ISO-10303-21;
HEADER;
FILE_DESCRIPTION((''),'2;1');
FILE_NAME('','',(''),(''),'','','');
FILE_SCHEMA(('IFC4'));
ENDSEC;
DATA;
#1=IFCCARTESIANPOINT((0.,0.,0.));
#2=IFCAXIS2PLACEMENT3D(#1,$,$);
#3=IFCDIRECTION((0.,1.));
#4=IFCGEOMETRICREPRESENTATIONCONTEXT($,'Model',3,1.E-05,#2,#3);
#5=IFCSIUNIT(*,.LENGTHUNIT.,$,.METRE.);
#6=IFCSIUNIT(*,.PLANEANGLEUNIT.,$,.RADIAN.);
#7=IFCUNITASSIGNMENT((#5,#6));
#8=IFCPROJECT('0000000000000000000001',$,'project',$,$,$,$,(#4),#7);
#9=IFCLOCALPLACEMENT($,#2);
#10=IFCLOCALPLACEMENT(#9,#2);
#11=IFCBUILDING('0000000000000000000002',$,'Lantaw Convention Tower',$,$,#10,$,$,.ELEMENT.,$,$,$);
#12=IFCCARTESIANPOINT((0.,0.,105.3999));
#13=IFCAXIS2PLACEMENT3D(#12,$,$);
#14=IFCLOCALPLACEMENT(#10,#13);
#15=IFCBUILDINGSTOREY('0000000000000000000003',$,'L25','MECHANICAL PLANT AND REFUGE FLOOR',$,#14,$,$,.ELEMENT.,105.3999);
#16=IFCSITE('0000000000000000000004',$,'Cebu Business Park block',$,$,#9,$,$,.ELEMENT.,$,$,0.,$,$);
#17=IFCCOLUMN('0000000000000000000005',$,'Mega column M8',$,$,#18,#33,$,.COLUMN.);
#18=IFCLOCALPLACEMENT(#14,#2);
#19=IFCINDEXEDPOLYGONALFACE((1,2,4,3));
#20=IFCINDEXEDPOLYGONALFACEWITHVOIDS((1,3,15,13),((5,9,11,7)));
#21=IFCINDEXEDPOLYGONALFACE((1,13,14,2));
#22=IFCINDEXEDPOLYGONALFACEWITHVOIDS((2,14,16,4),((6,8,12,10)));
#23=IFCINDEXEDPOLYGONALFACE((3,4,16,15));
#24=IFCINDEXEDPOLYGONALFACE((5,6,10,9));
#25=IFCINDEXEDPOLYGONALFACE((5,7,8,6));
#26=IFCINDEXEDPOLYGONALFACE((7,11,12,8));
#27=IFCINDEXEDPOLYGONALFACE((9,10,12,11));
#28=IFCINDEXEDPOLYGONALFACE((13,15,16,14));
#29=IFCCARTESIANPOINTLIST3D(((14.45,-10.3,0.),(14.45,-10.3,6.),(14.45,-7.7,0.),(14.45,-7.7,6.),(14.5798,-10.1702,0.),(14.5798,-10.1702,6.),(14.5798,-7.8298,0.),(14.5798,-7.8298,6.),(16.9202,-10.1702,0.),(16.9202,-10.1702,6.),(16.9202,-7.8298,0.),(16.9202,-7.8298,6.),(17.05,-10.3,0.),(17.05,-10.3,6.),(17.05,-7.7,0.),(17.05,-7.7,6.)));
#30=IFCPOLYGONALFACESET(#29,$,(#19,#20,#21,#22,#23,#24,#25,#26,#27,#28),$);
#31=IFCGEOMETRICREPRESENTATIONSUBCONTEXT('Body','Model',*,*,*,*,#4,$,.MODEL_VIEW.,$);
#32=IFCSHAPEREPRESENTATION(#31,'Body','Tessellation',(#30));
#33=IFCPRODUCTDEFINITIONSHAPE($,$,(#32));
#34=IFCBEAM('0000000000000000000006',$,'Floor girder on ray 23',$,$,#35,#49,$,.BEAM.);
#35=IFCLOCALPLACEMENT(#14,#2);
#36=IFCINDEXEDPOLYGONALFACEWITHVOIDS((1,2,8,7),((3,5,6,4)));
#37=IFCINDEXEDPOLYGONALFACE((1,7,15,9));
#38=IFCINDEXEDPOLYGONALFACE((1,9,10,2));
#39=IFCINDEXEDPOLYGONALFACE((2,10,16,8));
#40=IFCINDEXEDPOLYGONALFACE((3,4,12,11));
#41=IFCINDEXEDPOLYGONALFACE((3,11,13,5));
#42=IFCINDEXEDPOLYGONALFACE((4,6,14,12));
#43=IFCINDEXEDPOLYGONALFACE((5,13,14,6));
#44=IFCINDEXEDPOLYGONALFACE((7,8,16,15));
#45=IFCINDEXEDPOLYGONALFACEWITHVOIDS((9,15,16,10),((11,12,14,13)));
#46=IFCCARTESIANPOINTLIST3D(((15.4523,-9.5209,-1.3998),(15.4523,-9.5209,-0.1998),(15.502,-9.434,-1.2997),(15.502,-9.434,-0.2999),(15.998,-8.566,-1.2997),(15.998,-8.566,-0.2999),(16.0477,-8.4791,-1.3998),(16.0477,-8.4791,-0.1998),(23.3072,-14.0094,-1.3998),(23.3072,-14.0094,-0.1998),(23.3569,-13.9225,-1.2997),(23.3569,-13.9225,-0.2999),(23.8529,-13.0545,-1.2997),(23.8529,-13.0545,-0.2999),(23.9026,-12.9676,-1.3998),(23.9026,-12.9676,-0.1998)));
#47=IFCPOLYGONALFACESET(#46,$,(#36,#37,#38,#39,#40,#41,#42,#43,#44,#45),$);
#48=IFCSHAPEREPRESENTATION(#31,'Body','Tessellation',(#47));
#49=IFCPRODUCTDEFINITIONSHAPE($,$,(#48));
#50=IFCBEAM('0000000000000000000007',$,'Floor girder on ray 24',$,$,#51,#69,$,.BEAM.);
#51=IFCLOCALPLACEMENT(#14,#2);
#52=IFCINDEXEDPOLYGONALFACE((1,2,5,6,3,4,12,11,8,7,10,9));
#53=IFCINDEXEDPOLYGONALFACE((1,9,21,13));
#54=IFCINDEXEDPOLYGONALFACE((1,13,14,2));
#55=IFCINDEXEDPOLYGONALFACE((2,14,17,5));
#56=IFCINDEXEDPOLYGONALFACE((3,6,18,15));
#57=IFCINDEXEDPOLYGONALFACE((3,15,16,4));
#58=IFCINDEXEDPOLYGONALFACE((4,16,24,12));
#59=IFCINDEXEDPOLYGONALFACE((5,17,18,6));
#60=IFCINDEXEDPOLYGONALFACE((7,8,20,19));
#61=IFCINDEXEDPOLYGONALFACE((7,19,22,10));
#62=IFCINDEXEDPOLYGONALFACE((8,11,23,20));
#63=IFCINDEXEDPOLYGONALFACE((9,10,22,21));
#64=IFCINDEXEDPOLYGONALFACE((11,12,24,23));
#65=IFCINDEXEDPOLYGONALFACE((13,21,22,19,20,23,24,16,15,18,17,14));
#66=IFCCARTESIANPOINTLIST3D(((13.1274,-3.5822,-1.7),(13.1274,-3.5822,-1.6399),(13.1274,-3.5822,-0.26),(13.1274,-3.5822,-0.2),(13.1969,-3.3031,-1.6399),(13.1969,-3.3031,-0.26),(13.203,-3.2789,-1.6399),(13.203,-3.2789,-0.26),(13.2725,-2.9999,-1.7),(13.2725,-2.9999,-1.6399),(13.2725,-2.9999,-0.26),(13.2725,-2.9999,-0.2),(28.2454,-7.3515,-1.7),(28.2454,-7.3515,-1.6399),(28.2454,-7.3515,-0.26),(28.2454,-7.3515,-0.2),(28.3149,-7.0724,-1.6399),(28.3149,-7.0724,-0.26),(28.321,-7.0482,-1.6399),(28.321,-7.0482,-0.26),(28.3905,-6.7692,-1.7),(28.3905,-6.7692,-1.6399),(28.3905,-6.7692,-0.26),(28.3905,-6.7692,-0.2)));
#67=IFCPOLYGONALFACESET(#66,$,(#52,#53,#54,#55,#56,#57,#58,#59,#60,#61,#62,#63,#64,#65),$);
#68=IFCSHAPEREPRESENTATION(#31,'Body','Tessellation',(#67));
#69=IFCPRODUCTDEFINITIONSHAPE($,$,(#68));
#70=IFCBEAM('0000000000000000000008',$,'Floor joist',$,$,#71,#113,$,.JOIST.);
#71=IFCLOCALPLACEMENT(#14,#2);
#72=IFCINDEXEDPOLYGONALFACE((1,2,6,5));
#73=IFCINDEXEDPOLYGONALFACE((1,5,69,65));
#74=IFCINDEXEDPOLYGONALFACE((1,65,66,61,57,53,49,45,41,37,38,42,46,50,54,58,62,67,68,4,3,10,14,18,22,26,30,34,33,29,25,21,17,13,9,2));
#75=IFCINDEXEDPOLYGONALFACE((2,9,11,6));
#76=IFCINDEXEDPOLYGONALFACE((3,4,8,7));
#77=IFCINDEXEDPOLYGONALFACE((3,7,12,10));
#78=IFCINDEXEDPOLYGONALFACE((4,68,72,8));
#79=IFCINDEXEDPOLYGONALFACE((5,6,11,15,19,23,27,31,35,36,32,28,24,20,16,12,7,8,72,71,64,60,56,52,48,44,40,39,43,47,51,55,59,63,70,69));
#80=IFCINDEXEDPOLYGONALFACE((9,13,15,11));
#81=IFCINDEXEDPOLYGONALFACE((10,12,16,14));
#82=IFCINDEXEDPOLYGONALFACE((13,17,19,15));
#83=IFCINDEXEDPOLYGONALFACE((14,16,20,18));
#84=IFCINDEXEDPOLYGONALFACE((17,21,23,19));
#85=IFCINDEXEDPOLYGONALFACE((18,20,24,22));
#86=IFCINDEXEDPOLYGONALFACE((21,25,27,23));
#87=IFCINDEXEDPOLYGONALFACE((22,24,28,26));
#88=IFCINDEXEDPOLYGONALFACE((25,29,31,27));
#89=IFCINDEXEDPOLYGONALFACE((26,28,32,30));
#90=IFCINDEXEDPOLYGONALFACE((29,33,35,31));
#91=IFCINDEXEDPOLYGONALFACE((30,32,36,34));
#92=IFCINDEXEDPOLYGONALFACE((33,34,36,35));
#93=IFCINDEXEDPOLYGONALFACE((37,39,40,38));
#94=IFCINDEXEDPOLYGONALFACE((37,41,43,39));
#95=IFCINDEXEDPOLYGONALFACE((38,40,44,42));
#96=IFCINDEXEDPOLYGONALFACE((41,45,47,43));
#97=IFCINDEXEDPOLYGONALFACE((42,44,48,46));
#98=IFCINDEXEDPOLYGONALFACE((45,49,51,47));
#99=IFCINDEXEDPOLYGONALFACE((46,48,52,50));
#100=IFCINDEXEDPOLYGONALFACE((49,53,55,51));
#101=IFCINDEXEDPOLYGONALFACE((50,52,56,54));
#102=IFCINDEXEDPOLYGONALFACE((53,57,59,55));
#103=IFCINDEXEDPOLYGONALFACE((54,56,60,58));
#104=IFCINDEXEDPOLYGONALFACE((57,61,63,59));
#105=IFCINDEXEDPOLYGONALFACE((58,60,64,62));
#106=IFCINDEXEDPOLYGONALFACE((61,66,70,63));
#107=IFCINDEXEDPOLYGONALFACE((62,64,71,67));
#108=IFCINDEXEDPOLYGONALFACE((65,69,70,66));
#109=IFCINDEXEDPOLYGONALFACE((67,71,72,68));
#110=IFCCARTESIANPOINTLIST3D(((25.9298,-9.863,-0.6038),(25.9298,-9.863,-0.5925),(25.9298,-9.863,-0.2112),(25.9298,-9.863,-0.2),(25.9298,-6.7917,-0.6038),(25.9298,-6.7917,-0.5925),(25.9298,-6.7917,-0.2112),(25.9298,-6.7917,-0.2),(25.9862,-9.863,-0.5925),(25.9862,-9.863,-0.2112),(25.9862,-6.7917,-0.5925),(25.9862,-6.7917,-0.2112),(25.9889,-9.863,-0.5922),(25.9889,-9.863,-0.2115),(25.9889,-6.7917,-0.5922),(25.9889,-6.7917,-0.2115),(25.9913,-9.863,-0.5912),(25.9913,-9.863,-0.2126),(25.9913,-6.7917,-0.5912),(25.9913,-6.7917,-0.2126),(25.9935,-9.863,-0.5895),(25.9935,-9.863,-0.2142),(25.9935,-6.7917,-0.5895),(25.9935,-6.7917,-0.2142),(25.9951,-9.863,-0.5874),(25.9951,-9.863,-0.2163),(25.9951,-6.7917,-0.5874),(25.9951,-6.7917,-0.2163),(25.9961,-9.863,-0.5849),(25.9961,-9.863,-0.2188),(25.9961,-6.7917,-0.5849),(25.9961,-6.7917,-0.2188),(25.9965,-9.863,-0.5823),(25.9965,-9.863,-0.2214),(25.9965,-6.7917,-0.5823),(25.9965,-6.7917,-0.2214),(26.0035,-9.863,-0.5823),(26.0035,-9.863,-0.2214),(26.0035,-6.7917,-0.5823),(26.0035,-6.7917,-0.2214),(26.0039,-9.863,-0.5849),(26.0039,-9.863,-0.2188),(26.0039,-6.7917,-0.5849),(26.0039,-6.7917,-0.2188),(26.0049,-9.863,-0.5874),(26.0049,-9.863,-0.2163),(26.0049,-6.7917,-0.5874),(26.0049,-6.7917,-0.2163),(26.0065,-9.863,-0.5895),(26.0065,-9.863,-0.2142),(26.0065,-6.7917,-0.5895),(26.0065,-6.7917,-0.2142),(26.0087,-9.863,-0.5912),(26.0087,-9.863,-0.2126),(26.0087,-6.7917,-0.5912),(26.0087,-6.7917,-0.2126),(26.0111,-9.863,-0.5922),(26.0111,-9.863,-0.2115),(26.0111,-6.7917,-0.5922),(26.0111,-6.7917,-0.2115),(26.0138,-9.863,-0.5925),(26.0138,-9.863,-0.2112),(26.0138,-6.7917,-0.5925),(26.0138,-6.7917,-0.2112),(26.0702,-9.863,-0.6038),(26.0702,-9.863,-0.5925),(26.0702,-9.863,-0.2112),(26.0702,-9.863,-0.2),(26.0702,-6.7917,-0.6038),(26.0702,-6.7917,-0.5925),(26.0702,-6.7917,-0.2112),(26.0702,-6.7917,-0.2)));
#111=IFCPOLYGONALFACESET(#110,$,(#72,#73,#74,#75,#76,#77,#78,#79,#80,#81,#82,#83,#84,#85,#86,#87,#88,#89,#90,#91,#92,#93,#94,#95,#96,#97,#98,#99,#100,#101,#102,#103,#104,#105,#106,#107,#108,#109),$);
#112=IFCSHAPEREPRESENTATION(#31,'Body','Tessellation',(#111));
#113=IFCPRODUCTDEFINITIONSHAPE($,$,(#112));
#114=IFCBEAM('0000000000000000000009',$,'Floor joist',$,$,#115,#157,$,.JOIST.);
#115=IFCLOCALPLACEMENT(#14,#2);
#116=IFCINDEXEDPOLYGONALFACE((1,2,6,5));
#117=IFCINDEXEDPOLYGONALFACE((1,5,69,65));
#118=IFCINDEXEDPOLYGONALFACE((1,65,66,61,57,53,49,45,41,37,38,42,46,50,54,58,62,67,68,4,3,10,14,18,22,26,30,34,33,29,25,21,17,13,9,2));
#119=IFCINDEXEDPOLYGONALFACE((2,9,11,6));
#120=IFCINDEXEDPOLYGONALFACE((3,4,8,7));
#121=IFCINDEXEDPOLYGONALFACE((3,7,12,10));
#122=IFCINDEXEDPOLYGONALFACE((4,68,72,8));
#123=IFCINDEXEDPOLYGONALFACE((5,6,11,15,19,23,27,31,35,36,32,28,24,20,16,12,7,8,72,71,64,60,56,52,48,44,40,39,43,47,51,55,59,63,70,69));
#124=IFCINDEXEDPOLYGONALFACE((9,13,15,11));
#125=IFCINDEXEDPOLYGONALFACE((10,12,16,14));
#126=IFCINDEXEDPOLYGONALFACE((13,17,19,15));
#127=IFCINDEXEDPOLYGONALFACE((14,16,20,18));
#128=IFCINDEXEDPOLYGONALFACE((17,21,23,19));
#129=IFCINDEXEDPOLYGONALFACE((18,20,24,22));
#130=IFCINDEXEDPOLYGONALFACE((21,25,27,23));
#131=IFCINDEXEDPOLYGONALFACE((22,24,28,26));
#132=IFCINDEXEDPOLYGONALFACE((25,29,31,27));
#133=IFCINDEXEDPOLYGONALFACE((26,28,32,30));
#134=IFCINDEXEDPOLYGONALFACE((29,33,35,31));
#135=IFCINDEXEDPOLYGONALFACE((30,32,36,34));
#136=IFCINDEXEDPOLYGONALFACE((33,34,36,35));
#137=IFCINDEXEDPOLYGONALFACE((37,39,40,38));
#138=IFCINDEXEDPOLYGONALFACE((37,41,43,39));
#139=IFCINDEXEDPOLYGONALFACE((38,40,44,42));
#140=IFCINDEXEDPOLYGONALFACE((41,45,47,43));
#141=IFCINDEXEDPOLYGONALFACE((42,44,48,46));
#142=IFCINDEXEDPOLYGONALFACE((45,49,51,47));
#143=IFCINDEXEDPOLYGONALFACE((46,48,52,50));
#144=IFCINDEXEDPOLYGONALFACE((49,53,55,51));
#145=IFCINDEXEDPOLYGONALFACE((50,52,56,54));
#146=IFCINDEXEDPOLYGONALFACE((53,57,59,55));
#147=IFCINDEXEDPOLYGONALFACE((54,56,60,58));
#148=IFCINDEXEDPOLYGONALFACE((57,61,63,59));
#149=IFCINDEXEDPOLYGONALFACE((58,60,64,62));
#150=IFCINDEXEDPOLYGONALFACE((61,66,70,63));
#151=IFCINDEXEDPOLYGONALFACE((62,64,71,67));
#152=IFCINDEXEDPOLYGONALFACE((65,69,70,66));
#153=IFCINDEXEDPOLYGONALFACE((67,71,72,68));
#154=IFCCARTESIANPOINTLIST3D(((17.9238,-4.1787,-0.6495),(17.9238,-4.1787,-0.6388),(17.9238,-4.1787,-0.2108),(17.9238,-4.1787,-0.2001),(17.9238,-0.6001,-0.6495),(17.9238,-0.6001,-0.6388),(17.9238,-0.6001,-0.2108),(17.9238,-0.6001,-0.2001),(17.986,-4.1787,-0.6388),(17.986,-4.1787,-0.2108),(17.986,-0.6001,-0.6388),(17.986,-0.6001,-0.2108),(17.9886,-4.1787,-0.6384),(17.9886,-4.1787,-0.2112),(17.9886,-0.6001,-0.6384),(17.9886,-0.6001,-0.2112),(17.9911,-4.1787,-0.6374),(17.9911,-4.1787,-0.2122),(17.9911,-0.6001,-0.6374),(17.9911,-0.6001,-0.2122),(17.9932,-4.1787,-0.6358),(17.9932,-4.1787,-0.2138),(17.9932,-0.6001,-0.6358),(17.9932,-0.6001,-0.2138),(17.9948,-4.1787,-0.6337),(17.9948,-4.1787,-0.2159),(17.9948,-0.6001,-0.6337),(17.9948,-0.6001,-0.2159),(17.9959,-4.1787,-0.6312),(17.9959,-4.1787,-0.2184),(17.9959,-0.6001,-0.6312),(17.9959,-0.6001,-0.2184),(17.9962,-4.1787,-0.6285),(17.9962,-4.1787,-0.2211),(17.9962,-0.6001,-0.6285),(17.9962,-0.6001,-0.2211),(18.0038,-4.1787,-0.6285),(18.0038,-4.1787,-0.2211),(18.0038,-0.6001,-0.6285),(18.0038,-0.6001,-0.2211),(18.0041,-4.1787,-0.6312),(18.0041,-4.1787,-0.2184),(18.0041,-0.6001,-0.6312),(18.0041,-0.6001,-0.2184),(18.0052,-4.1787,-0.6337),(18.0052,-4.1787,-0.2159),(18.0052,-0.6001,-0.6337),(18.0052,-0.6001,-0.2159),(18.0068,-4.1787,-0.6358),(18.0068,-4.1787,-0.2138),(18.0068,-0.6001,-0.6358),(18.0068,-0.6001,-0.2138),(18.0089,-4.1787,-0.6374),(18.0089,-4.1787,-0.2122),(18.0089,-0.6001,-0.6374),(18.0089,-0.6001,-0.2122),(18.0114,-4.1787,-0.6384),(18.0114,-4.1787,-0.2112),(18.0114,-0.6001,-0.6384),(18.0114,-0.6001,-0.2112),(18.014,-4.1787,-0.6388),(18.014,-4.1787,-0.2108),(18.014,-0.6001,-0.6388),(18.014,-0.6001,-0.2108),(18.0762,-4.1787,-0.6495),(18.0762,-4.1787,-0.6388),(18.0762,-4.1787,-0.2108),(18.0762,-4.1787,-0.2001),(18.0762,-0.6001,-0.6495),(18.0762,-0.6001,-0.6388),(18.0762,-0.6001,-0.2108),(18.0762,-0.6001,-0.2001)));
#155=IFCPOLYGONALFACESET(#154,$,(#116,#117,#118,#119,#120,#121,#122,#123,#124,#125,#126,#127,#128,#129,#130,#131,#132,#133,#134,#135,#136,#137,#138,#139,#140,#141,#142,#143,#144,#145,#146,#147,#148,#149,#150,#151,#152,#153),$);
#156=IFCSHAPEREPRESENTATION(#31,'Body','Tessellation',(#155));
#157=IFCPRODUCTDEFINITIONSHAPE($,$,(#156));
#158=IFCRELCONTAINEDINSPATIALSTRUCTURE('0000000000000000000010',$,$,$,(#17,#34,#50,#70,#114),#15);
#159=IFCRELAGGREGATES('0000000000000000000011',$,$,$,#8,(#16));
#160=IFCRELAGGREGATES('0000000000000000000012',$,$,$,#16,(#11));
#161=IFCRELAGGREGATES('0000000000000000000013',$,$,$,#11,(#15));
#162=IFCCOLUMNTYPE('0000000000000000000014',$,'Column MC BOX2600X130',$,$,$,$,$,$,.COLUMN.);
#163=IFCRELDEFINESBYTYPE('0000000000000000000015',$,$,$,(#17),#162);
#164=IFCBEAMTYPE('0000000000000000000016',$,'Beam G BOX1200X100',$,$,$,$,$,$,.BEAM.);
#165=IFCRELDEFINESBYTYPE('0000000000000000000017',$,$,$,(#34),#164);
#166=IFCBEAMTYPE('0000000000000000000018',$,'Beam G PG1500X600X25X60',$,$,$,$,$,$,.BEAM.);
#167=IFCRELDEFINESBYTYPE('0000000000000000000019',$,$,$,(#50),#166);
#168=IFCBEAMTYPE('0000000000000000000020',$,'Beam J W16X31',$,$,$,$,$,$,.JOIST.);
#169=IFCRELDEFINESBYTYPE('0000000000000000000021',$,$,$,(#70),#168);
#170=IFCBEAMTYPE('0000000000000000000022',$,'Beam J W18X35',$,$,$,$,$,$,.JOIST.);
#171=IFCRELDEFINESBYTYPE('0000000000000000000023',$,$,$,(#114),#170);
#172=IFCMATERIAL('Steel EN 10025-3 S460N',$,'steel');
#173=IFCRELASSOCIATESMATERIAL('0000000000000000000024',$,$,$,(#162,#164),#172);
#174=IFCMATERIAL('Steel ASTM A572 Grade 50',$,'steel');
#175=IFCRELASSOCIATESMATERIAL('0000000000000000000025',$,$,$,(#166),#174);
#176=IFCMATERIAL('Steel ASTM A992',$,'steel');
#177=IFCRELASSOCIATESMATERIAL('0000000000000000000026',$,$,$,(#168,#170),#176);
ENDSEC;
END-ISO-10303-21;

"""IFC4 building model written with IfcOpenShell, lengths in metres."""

from ifc_helpers import new_model, si_unit, direction, frame, origin, origin_2d, place, context, subcontext, project, spatial, rectangle, hollow_rectangle, i_section, extrude, material, material_profile, profile_set, type_object, element, save


model = new_model("IFC4")

# Units and contexts
model_context = context("Model", 3, precision=1e-05, world=origin(), true_north=direction((0.0, 1.0)))
body_context = subcontext(model_context, "Body", "Model", "MODEL_VIEW")
ifc_project = project(units=[si_unit("LENGTHUNIT", "METRE"), si_unit("PLANEANGLEUNIT", "RADIAN")], contexts=[model_context])

# Site, building, storey
site_placement = place(None, origin())
site = spatial("IfcSite", under=ifc_project, at=site_placement, Name="Cebu Business Park block", CompositionType="ELEMENT", RefElevation=0.0)
building_placement = place(site_placement, origin())
building = spatial("IfcBuilding", under=site, at=building_placement, Name="Lantaw Convention Tower", CompositionType="ELEMENT")
storey_placement = place(building_placement, frame((0.0, 0.0, 105.3999)))
storey = spatial("IfcBuildingStorey", under=building, at=storey_placement, Name="L25", Description="MECHANICAL PLANT AND REFUGE FLOOR", CompositionType="ELEMENT", Elevation=105.3999)

# Column
ifc_material_1 = material(Name="Steel EN 10025-3 S460N", Category="steel")
ifc_material_profile_1 = material_profile(ifc_material_1, hollow_rectangle(XDim=2.6001, YDim=2.6001, WallThickness=0.1299, at=origin_2d()), Name="BOX2600X130")
ifc_material_2 = material(Name="Concrete C60/75", Category="concrete")
ifc_material_profile_2 = material_profile(ifc_material_2, rectangle(XDim=2.3401, YDim=2.3401, at=origin_2d()), Name="Concrete fill of BOX2600X130")
ifc_profile_set_1 = profile_set([ifc_material_profile_1, ifc_material_profile_2], Name="Steel EN 10025-3 S460N")
column_type = type_object("IfcColumnType", Name="Column MC BOX2600X130", PredefinedType="COLUMN", material=ifc_profile_set_1)
column_placement = place(storey_placement, frame((15.75, -9.0, 0.0), z_axis=(0.0, 0.0, 1.0), x_axis=(1.0, 0.0, 0.0)))
element("IfcColumn", 1, at=column_placement, inside=storey, type_object=column_type, Name="Mega column M8", PredefinedType="COLUMN", context=body_context, shape_type="SweptSolid", body=[
    extrude(hollow_rectangle(XDim=2.6001, YDim=2.6001, WallThickness=0.1299, at=origin_2d()), origin(), (0.0, 0.0, 1.0), 6.0),
])

# Beams
ifc_material_profile_3 = material_profile(ifc_material_1, hollow_rectangle(XDim=1.2, YDim=1.2, WallThickness=0.1001, at=origin_2d()), Name="BOX1200X100")
ifc_profile_set_2 = profile_set([ifc_material_profile_3], Name="Steel EN 10025-3 S460N")
beam_type_1 = type_object("IfcBeamType", Name="Beam G BOX1200X100", PredefinedType="BEAM", material=ifc_profile_set_2)
beam_1_placement = place(storey_placement, frame((15.75, -9.0, -0.7998), z_axis=(0.868245, -0.496136, 0.0), x_axis=(0.496136, 0.868245, 0.0)))
element("IfcBeam", 2, at=beam_1_placement, inside=storey, type_object=beam_type_1, Name="Floor girder on ray 23", PredefinedType="BEAM", context=body_context, shape_type="SweptSolid", body=[
    extrude(hollow_rectangle(XDim=1.2, YDim=1.2, WallThickness=0.1001, at=origin_2d()), origin(), (0.0, 0.0, 1.0), 9.0469),
])
ifc_material_3 = material(Name="Steel ASTM A572 Grade 50", Category="steel")
ifc_material_profile_4 = material_profile(ifc_material_3, i_section(OverallWidth=0.6001, OverallDepth=1.5, WebThickness=0.0249, FlangeThickness=0.0601, at=origin_2d()), Name="PG1500X600X25X60")
ifc_profile_set_3 = profile_set([ifc_material_profile_4], Name="Steel ASTM A572 Grade 50")
beam_type_2 = type_object("IfcBeamType", Name="Beam G PG1500X600X25X60", PredefinedType="BEAM", material=ifc_profile_set_3)
beam_2_placement = place(storey_placement, frame((13.2, -3.291, -0.95), z_axis=(0.970296, -0.24192, 0.0), x_axis=(0.24192, 0.970296, 0.0)))
element("IfcBeam", 3, at=beam_2_placement, inside=storey, type_object=beam_type_2, Name="Floor girder on ray 24", PredefinedType="BEAM", context=body_context, shape_type="SweptSolid", body=[
    extrude(i_section(OverallWidth=0.6001, OverallDepth=1.5, WebThickness=0.0249, FlangeThickness=0.0601, at=origin_2d()), origin(), (0.0, 0.0, 1.0), 15.5808),
])
ifc_material_4 = material(Name="Steel ASTM A992", Category="steel")
ifc_material_profile_5 = material_profile(ifc_material_4, i_section(OverallWidth=0.1404, OverallDepth=0.4038, WebThickness=0.0071, FlangeThickness=0.0112, FilletRadius=0.0103, at=origin_2d()), Name="W16X31")
ifc_profile_set_4 = profile_set([ifc_material_profile_5], Name="Steel ASTM A992")
beam_type_3 = type_object("IfcBeamType", Name="Beam J W16X31", PredefinedType="JOIST", material=ifc_profile_set_4)
beam_3_placement = place(storey_placement, frame((26.0, -9.863, -0.4019), z_axis=(0.0, 1.0, 0.0), x_axis=(-1.0, 0.0, 0.0)))
element("IfcBeam", 4, at=beam_3_placement, inside=storey, type_object=beam_type_3, Name="Floor joist", PredefinedType="JOIST", context=body_context, shape_type="SweptSolid", body=[
    extrude(i_section(OverallWidth=0.1404, OverallDepth=0.4038, WebThickness=0.0071, FlangeThickness=0.0112, FilletRadius=0.0103, at=origin_2d()), origin(), (0.0, 0.0, 1.0), 3.0713),
])
ifc_material_profile_6 = material_profile(ifc_material_4, i_section(OverallWidth=0.1523, OverallDepth=0.4495, WebThickness=0.0076, FlangeThickness=0.0107, FilletRadius=0.0103, at=origin_2d()), Name="W18X35")
ifc_profile_set_5 = profile_set([ifc_material_profile_6], Name="Steel ASTM A992")
beam_type_4 = type_object("IfcBeamType", Name="Beam J W18X35", PredefinedType="JOIST", material=ifc_profile_set_5)
beam_4_placement = place(storey_placement, frame((18.0, -4.1787, -0.4248), z_axis=(0.0, 1.0, 0.0), x_axis=(-1.0, 0.0, 0.0)))
element("IfcBeam", 5, at=beam_4_placement, inside=storey, type_object=beam_type_4, Name="Floor joist", PredefinedType="JOIST", context=body_context, shape_type="SweptSolid", body=[
    extrude(i_section(OverallWidth=0.1523, OverallDepth=0.4495, WebThickness=0.0076, FlangeThickness=0.0107, FilletRadius=0.0103, at=origin_2d()), origin(), (0.0, 0.0, 1.0), 3.5786),
])

save(model, "model.ifc")
